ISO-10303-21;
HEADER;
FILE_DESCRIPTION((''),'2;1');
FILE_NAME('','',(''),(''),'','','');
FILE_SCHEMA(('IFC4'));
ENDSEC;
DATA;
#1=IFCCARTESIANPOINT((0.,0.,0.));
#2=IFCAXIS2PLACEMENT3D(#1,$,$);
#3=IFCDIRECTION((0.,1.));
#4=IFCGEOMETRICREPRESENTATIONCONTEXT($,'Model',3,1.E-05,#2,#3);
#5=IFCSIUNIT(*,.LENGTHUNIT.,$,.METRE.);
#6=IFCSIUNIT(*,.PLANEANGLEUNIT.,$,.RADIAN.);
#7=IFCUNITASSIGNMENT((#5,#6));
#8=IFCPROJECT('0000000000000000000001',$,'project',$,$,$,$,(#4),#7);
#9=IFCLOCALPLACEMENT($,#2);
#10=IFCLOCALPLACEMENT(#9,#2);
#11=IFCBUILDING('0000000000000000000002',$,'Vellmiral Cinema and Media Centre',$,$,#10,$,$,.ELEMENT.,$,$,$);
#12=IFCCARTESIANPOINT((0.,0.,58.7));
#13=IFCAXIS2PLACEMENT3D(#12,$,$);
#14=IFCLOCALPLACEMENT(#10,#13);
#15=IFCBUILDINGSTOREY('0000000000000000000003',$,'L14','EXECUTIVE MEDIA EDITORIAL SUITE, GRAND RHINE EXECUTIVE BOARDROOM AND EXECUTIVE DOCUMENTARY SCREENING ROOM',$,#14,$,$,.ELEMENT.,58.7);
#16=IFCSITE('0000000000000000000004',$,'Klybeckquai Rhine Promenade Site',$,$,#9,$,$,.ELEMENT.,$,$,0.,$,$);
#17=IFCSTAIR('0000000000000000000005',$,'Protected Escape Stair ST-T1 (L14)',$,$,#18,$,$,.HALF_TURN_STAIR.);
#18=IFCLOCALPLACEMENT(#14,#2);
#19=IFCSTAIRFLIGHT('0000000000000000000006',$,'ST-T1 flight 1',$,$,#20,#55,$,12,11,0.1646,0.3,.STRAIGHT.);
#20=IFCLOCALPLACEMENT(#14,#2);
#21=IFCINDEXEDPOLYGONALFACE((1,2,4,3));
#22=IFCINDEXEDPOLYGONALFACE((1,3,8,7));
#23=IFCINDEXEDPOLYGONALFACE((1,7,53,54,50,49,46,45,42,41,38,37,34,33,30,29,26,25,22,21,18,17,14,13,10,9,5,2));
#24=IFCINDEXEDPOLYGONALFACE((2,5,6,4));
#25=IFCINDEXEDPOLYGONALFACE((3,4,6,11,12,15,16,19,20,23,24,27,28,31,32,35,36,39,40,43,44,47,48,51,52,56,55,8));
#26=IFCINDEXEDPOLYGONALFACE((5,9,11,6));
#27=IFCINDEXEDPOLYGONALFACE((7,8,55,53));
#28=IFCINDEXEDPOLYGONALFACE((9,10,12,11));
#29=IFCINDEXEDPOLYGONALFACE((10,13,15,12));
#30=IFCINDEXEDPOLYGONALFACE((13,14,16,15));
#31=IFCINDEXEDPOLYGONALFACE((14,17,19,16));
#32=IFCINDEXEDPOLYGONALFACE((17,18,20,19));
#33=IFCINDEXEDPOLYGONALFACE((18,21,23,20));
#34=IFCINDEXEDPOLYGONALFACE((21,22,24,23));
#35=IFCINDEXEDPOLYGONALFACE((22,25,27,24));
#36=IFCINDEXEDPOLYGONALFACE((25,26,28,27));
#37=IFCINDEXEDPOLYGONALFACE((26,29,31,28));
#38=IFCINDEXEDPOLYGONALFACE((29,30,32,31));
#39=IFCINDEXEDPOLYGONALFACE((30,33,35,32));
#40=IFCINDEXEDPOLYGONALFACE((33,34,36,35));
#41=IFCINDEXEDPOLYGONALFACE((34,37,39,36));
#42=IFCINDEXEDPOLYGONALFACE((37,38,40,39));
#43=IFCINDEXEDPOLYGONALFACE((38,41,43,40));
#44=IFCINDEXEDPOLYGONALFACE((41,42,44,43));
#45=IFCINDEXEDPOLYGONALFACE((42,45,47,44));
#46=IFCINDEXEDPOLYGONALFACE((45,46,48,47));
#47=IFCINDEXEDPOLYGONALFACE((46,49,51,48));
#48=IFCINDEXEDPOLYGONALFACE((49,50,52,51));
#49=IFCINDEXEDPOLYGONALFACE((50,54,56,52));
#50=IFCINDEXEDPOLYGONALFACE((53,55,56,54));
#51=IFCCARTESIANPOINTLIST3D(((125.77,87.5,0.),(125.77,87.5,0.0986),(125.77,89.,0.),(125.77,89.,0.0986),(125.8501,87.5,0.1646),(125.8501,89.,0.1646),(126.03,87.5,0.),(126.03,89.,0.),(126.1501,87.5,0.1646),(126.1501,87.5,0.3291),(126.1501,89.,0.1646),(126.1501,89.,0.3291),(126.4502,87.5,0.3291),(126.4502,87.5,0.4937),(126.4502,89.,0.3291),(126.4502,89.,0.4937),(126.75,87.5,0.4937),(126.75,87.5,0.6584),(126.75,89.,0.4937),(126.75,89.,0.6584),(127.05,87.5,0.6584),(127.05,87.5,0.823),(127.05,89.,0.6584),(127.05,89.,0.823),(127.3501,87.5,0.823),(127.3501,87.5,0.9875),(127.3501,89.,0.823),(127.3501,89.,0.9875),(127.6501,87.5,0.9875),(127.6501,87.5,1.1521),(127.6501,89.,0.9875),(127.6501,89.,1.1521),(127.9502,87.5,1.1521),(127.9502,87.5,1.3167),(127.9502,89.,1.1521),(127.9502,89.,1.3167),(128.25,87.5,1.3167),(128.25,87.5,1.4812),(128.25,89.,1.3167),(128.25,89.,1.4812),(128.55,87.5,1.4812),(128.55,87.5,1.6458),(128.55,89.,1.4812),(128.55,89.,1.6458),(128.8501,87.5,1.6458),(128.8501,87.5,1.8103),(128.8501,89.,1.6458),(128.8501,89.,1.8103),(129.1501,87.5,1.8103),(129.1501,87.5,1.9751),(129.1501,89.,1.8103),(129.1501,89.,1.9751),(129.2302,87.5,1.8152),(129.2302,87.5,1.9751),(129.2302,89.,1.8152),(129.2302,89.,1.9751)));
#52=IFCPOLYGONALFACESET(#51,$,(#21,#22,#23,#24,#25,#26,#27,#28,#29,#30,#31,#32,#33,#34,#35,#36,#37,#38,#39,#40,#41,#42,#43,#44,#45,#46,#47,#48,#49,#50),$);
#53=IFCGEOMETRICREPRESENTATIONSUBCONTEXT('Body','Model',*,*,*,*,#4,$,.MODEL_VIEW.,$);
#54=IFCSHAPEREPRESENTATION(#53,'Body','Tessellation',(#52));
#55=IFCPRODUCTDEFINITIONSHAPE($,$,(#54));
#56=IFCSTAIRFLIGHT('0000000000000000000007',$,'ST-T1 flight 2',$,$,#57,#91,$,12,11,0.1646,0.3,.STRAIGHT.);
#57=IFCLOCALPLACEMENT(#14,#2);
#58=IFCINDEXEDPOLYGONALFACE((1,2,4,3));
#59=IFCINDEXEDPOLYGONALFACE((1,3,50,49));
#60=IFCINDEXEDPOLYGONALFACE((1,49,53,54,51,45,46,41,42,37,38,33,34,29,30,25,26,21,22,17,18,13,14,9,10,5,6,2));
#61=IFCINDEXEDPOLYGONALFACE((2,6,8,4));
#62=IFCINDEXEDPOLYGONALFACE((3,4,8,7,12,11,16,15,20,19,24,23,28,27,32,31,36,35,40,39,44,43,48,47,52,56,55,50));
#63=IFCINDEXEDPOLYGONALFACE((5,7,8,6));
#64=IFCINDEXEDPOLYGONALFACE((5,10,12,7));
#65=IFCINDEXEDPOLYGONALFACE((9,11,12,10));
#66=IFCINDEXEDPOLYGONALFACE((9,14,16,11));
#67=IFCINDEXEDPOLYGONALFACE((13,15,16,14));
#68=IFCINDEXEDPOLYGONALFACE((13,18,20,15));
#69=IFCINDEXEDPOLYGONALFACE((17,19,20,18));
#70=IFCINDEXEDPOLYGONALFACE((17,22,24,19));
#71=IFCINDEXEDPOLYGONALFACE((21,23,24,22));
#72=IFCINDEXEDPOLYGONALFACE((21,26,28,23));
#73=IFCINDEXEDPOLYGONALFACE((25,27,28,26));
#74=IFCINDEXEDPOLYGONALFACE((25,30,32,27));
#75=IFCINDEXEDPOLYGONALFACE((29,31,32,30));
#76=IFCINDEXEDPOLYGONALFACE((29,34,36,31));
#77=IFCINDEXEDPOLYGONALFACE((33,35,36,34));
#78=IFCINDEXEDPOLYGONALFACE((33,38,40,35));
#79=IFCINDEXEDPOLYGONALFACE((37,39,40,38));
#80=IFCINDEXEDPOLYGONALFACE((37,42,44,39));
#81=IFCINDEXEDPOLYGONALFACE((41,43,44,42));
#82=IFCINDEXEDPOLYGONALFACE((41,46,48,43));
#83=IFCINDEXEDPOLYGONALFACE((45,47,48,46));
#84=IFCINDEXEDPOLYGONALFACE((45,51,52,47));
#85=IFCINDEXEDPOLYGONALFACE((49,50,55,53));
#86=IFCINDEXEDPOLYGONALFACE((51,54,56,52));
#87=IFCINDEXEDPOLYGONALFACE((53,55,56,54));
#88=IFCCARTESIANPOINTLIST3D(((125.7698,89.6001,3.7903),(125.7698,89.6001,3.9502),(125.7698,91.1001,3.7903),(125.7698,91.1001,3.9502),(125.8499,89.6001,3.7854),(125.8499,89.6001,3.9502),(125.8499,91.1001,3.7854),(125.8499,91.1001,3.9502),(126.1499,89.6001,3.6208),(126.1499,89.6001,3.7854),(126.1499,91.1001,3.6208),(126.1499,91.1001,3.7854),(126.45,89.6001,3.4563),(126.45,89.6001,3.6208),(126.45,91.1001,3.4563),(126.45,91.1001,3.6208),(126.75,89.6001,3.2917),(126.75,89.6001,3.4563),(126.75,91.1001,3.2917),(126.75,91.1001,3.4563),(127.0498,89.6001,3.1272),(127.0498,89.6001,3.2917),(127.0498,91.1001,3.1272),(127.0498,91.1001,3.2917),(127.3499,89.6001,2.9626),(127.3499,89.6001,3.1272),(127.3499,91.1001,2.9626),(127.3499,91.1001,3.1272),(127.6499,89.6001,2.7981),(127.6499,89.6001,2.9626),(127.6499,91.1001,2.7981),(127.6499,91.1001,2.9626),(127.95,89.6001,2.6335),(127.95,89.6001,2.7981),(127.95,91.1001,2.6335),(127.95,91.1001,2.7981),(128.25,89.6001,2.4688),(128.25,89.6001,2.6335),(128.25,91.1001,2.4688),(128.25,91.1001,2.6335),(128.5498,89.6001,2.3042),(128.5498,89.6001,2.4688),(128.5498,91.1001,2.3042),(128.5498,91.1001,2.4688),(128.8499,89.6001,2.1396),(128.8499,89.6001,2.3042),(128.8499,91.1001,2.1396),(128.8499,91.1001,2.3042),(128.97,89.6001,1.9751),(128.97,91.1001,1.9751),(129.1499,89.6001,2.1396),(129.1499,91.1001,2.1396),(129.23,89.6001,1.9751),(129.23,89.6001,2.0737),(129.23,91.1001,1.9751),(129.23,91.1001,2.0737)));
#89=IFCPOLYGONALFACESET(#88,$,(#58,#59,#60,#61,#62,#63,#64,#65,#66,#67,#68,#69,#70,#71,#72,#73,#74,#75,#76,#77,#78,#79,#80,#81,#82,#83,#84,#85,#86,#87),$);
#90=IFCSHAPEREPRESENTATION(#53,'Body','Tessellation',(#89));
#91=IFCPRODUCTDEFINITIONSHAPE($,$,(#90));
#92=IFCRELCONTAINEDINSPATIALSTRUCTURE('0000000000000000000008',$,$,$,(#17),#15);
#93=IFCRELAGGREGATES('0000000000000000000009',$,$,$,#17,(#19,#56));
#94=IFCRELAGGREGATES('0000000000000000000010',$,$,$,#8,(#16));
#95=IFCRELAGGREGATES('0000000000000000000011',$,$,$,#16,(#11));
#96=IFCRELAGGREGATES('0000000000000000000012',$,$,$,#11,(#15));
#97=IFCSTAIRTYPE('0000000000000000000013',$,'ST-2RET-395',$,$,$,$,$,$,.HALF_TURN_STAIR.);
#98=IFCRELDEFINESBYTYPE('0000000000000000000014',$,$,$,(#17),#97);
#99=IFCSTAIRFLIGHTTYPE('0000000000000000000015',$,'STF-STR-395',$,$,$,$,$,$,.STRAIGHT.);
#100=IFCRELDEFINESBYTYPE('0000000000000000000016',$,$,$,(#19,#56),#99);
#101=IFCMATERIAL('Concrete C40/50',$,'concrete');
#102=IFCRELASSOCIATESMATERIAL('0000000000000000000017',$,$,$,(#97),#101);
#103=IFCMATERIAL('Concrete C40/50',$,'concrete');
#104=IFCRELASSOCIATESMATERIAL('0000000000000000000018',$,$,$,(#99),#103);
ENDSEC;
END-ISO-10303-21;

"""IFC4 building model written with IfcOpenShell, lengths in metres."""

from ifc_helpers import new_model, si_unit, direction, frame, origin, place, context, subcontext, project, spatial, polyline, outline, extrude, material, type_object, element, aggregate, save


model = new_model("IFC4")

# Units and contexts
model_context = context("Model", 3, precision=1e-05, world=origin(), true_north=direction((0.0, 1.0)))
body_context = subcontext(model_context, "Body", "Model", "MODEL_VIEW")
ifc_project = project(units=[si_unit("LENGTHUNIT", "METRE"), si_unit("PLANEANGLEUNIT", "RADIAN")], contexts=[model_context])

# Site, building, storey
site_placement = place(None, origin())
site = spatial("IfcSite", under=ifc_project, at=site_placement, Name="Klybeckquai Rhine Promenade Site", CompositionType="ELEMENT", RefElevation=0.0)
building_placement = place(site_placement, origin())
building = spatial("IfcBuilding", under=site, at=building_placement, Name="Vellmiral Cinema and Media Centre", CompositionType="ELEMENT")
storey_placement = place(building_placement, frame((0.0, 0.0, 58.7)))
storey = spatial("IfcBuildingStorey", under=building, at=storey_placement, Name="L14", Description="EXECUTIVE MEDIA EDITORIAL SUITE, GRAND RHINE EXECUTIVE BOARDROOM AND EXECUTIVE DOCUMENTARY SCREENING ROOM", CompositionType="ELEMENT", Elevation=58.7)

# Stair, stair flights
ifc_material_1 = material(Name="Concrete C40/50", Category="concrete")
stair_type = type_object("IfcStairType", Name="ST-2RET-395", PredefinedType="HALF_TURN_STAIR", material=ifc_material_1)
stair_placement = place(storey_placement, origin())
stair = element("IfcStair", 1, at=stair_placement, inside=storey, type_object=stair_type, Name="Protected Escape Stair ST-T1 (L14)", PredefinedType="HALF_TURN_STAIR")
ifc_material_2 = material(Name="Concrete C40/50", Category="concrete")
stair_flight_type = type_object("IfcStairFlightType", Name="STF-STR-395", PredefinedType="STRAIGHT", material=ifc_material_2)
stair_flight_1_placement = place(storey_placement, frame((125.8501, 88.25, 0.0), z_axis=(0.0, 0.0, 1.0), x_axis=(1.0, 0.0, 0.0)))
stair_flight_1 = element("IfcStairFlight", 2, at=stair_flight_1_placement, type_object=stair_flight_type, Name="ST-T1 flight 1", NumberOfRisers=12, NumberOfTreads=11, PredefinedType="STRAIGHT", RiserHeight=0.1646, TreadLength=0.3, context=body_context, shape_type="SweptSolid", body=[
    extrude(outline(polyline([(-0.0801, 0.0), (-0.0801, 0.0986), (0.0, 0.1646), (0.3, 0.1646), (0.3, 0.3291), (0.6001, 0.3291), (0.6001, 0.4937), (0.8999, 0.4937), (0.8999, 0.6584), (1.2, 0.6584), (1.2, 0.823), (1.5, 0.823), (1.5, 0.9875), (1.8, 0.9875), (1.8, 1.1521), (2.1001, 1.1521), (2.1001, 1.3167), (2.3999, 1.3167), (2.3999, 1.4812), (2.7, 1.4812), (2.7, 1.6458), (3.0, 1.6458), (3.0, 1.8103), (3.3, 1.8103), (3.3, 1.9751), (3.3801, 1.9751), (3.3801, 1.8152), (0.1799, 0.0), (-0.0801, 0.0)])), frame((0.0, 0.75, 0.0), z_axis=(0.0, -1.0, 0.0), x_axis=(1.0, 0.0, 0.0)), (0.0, 0.0, 1.0), 1.5),
])
stair_flight_2_placement = place(storey_placement, frame((129.1499, 90.3501, 1.9751), z_axis=(0.0, 0.0, 1.0), x_axis=(-1.0, 0.0, 0.0)))
stair_flight_2 = element("IfcStairFlight", 3, at=stair_flight_2_placement, type_object=stair_flight_type, Name="ST-T1 flight 2", NumberOfRisers=12, NumberOfTreads=11, PredefinedType="STRAIGHT", RiserHeight=0.1646, TreadLength=0.3, context=body_context, shape_type="SweptSolid", body=[
    extrude(outline(polyline([(-0.0801, 0.0), (-0.0801, 0.0986), (0.0, 0.1646), (0.3, 0.1646), (0.3, 0.3291), (0.6001, 0.3291), (0.6001, 0.4937), (0.8999, 0.4937), (0.8999, 0.6584), (1.2, 0.6584), (1.2, 0.823), (1.5, 0.823), (1.5, 0.9875), (1.8, 0.9875), (1.8, 1.1521), (2.1001, 1.1521), (2.1001, 1.3167), (2.3999, 1.3167), (2.3999, 1.4812), (2.7, 1.4812), (2.7, 1.6458), (3.0, 1.6458), (3.0, 1.8103), (3.3, 1.8103), (3.3, 1.9751), (3.3801, 1.9751), (3.3801, 1.8152), (0.1799, 0.0), (-0.0801, 0.0)])), frame((0.0, 0.75, 0.0), z_axis=(0.0, -1.0, 0.0), x_axis=(1.0, 0.0, 0.0)), (0.0, 0.0, 1.0), 1.5),
])
aggregate(stair, [stair_flight_1, stair_flight_2])

save(model, "model.ifc")
